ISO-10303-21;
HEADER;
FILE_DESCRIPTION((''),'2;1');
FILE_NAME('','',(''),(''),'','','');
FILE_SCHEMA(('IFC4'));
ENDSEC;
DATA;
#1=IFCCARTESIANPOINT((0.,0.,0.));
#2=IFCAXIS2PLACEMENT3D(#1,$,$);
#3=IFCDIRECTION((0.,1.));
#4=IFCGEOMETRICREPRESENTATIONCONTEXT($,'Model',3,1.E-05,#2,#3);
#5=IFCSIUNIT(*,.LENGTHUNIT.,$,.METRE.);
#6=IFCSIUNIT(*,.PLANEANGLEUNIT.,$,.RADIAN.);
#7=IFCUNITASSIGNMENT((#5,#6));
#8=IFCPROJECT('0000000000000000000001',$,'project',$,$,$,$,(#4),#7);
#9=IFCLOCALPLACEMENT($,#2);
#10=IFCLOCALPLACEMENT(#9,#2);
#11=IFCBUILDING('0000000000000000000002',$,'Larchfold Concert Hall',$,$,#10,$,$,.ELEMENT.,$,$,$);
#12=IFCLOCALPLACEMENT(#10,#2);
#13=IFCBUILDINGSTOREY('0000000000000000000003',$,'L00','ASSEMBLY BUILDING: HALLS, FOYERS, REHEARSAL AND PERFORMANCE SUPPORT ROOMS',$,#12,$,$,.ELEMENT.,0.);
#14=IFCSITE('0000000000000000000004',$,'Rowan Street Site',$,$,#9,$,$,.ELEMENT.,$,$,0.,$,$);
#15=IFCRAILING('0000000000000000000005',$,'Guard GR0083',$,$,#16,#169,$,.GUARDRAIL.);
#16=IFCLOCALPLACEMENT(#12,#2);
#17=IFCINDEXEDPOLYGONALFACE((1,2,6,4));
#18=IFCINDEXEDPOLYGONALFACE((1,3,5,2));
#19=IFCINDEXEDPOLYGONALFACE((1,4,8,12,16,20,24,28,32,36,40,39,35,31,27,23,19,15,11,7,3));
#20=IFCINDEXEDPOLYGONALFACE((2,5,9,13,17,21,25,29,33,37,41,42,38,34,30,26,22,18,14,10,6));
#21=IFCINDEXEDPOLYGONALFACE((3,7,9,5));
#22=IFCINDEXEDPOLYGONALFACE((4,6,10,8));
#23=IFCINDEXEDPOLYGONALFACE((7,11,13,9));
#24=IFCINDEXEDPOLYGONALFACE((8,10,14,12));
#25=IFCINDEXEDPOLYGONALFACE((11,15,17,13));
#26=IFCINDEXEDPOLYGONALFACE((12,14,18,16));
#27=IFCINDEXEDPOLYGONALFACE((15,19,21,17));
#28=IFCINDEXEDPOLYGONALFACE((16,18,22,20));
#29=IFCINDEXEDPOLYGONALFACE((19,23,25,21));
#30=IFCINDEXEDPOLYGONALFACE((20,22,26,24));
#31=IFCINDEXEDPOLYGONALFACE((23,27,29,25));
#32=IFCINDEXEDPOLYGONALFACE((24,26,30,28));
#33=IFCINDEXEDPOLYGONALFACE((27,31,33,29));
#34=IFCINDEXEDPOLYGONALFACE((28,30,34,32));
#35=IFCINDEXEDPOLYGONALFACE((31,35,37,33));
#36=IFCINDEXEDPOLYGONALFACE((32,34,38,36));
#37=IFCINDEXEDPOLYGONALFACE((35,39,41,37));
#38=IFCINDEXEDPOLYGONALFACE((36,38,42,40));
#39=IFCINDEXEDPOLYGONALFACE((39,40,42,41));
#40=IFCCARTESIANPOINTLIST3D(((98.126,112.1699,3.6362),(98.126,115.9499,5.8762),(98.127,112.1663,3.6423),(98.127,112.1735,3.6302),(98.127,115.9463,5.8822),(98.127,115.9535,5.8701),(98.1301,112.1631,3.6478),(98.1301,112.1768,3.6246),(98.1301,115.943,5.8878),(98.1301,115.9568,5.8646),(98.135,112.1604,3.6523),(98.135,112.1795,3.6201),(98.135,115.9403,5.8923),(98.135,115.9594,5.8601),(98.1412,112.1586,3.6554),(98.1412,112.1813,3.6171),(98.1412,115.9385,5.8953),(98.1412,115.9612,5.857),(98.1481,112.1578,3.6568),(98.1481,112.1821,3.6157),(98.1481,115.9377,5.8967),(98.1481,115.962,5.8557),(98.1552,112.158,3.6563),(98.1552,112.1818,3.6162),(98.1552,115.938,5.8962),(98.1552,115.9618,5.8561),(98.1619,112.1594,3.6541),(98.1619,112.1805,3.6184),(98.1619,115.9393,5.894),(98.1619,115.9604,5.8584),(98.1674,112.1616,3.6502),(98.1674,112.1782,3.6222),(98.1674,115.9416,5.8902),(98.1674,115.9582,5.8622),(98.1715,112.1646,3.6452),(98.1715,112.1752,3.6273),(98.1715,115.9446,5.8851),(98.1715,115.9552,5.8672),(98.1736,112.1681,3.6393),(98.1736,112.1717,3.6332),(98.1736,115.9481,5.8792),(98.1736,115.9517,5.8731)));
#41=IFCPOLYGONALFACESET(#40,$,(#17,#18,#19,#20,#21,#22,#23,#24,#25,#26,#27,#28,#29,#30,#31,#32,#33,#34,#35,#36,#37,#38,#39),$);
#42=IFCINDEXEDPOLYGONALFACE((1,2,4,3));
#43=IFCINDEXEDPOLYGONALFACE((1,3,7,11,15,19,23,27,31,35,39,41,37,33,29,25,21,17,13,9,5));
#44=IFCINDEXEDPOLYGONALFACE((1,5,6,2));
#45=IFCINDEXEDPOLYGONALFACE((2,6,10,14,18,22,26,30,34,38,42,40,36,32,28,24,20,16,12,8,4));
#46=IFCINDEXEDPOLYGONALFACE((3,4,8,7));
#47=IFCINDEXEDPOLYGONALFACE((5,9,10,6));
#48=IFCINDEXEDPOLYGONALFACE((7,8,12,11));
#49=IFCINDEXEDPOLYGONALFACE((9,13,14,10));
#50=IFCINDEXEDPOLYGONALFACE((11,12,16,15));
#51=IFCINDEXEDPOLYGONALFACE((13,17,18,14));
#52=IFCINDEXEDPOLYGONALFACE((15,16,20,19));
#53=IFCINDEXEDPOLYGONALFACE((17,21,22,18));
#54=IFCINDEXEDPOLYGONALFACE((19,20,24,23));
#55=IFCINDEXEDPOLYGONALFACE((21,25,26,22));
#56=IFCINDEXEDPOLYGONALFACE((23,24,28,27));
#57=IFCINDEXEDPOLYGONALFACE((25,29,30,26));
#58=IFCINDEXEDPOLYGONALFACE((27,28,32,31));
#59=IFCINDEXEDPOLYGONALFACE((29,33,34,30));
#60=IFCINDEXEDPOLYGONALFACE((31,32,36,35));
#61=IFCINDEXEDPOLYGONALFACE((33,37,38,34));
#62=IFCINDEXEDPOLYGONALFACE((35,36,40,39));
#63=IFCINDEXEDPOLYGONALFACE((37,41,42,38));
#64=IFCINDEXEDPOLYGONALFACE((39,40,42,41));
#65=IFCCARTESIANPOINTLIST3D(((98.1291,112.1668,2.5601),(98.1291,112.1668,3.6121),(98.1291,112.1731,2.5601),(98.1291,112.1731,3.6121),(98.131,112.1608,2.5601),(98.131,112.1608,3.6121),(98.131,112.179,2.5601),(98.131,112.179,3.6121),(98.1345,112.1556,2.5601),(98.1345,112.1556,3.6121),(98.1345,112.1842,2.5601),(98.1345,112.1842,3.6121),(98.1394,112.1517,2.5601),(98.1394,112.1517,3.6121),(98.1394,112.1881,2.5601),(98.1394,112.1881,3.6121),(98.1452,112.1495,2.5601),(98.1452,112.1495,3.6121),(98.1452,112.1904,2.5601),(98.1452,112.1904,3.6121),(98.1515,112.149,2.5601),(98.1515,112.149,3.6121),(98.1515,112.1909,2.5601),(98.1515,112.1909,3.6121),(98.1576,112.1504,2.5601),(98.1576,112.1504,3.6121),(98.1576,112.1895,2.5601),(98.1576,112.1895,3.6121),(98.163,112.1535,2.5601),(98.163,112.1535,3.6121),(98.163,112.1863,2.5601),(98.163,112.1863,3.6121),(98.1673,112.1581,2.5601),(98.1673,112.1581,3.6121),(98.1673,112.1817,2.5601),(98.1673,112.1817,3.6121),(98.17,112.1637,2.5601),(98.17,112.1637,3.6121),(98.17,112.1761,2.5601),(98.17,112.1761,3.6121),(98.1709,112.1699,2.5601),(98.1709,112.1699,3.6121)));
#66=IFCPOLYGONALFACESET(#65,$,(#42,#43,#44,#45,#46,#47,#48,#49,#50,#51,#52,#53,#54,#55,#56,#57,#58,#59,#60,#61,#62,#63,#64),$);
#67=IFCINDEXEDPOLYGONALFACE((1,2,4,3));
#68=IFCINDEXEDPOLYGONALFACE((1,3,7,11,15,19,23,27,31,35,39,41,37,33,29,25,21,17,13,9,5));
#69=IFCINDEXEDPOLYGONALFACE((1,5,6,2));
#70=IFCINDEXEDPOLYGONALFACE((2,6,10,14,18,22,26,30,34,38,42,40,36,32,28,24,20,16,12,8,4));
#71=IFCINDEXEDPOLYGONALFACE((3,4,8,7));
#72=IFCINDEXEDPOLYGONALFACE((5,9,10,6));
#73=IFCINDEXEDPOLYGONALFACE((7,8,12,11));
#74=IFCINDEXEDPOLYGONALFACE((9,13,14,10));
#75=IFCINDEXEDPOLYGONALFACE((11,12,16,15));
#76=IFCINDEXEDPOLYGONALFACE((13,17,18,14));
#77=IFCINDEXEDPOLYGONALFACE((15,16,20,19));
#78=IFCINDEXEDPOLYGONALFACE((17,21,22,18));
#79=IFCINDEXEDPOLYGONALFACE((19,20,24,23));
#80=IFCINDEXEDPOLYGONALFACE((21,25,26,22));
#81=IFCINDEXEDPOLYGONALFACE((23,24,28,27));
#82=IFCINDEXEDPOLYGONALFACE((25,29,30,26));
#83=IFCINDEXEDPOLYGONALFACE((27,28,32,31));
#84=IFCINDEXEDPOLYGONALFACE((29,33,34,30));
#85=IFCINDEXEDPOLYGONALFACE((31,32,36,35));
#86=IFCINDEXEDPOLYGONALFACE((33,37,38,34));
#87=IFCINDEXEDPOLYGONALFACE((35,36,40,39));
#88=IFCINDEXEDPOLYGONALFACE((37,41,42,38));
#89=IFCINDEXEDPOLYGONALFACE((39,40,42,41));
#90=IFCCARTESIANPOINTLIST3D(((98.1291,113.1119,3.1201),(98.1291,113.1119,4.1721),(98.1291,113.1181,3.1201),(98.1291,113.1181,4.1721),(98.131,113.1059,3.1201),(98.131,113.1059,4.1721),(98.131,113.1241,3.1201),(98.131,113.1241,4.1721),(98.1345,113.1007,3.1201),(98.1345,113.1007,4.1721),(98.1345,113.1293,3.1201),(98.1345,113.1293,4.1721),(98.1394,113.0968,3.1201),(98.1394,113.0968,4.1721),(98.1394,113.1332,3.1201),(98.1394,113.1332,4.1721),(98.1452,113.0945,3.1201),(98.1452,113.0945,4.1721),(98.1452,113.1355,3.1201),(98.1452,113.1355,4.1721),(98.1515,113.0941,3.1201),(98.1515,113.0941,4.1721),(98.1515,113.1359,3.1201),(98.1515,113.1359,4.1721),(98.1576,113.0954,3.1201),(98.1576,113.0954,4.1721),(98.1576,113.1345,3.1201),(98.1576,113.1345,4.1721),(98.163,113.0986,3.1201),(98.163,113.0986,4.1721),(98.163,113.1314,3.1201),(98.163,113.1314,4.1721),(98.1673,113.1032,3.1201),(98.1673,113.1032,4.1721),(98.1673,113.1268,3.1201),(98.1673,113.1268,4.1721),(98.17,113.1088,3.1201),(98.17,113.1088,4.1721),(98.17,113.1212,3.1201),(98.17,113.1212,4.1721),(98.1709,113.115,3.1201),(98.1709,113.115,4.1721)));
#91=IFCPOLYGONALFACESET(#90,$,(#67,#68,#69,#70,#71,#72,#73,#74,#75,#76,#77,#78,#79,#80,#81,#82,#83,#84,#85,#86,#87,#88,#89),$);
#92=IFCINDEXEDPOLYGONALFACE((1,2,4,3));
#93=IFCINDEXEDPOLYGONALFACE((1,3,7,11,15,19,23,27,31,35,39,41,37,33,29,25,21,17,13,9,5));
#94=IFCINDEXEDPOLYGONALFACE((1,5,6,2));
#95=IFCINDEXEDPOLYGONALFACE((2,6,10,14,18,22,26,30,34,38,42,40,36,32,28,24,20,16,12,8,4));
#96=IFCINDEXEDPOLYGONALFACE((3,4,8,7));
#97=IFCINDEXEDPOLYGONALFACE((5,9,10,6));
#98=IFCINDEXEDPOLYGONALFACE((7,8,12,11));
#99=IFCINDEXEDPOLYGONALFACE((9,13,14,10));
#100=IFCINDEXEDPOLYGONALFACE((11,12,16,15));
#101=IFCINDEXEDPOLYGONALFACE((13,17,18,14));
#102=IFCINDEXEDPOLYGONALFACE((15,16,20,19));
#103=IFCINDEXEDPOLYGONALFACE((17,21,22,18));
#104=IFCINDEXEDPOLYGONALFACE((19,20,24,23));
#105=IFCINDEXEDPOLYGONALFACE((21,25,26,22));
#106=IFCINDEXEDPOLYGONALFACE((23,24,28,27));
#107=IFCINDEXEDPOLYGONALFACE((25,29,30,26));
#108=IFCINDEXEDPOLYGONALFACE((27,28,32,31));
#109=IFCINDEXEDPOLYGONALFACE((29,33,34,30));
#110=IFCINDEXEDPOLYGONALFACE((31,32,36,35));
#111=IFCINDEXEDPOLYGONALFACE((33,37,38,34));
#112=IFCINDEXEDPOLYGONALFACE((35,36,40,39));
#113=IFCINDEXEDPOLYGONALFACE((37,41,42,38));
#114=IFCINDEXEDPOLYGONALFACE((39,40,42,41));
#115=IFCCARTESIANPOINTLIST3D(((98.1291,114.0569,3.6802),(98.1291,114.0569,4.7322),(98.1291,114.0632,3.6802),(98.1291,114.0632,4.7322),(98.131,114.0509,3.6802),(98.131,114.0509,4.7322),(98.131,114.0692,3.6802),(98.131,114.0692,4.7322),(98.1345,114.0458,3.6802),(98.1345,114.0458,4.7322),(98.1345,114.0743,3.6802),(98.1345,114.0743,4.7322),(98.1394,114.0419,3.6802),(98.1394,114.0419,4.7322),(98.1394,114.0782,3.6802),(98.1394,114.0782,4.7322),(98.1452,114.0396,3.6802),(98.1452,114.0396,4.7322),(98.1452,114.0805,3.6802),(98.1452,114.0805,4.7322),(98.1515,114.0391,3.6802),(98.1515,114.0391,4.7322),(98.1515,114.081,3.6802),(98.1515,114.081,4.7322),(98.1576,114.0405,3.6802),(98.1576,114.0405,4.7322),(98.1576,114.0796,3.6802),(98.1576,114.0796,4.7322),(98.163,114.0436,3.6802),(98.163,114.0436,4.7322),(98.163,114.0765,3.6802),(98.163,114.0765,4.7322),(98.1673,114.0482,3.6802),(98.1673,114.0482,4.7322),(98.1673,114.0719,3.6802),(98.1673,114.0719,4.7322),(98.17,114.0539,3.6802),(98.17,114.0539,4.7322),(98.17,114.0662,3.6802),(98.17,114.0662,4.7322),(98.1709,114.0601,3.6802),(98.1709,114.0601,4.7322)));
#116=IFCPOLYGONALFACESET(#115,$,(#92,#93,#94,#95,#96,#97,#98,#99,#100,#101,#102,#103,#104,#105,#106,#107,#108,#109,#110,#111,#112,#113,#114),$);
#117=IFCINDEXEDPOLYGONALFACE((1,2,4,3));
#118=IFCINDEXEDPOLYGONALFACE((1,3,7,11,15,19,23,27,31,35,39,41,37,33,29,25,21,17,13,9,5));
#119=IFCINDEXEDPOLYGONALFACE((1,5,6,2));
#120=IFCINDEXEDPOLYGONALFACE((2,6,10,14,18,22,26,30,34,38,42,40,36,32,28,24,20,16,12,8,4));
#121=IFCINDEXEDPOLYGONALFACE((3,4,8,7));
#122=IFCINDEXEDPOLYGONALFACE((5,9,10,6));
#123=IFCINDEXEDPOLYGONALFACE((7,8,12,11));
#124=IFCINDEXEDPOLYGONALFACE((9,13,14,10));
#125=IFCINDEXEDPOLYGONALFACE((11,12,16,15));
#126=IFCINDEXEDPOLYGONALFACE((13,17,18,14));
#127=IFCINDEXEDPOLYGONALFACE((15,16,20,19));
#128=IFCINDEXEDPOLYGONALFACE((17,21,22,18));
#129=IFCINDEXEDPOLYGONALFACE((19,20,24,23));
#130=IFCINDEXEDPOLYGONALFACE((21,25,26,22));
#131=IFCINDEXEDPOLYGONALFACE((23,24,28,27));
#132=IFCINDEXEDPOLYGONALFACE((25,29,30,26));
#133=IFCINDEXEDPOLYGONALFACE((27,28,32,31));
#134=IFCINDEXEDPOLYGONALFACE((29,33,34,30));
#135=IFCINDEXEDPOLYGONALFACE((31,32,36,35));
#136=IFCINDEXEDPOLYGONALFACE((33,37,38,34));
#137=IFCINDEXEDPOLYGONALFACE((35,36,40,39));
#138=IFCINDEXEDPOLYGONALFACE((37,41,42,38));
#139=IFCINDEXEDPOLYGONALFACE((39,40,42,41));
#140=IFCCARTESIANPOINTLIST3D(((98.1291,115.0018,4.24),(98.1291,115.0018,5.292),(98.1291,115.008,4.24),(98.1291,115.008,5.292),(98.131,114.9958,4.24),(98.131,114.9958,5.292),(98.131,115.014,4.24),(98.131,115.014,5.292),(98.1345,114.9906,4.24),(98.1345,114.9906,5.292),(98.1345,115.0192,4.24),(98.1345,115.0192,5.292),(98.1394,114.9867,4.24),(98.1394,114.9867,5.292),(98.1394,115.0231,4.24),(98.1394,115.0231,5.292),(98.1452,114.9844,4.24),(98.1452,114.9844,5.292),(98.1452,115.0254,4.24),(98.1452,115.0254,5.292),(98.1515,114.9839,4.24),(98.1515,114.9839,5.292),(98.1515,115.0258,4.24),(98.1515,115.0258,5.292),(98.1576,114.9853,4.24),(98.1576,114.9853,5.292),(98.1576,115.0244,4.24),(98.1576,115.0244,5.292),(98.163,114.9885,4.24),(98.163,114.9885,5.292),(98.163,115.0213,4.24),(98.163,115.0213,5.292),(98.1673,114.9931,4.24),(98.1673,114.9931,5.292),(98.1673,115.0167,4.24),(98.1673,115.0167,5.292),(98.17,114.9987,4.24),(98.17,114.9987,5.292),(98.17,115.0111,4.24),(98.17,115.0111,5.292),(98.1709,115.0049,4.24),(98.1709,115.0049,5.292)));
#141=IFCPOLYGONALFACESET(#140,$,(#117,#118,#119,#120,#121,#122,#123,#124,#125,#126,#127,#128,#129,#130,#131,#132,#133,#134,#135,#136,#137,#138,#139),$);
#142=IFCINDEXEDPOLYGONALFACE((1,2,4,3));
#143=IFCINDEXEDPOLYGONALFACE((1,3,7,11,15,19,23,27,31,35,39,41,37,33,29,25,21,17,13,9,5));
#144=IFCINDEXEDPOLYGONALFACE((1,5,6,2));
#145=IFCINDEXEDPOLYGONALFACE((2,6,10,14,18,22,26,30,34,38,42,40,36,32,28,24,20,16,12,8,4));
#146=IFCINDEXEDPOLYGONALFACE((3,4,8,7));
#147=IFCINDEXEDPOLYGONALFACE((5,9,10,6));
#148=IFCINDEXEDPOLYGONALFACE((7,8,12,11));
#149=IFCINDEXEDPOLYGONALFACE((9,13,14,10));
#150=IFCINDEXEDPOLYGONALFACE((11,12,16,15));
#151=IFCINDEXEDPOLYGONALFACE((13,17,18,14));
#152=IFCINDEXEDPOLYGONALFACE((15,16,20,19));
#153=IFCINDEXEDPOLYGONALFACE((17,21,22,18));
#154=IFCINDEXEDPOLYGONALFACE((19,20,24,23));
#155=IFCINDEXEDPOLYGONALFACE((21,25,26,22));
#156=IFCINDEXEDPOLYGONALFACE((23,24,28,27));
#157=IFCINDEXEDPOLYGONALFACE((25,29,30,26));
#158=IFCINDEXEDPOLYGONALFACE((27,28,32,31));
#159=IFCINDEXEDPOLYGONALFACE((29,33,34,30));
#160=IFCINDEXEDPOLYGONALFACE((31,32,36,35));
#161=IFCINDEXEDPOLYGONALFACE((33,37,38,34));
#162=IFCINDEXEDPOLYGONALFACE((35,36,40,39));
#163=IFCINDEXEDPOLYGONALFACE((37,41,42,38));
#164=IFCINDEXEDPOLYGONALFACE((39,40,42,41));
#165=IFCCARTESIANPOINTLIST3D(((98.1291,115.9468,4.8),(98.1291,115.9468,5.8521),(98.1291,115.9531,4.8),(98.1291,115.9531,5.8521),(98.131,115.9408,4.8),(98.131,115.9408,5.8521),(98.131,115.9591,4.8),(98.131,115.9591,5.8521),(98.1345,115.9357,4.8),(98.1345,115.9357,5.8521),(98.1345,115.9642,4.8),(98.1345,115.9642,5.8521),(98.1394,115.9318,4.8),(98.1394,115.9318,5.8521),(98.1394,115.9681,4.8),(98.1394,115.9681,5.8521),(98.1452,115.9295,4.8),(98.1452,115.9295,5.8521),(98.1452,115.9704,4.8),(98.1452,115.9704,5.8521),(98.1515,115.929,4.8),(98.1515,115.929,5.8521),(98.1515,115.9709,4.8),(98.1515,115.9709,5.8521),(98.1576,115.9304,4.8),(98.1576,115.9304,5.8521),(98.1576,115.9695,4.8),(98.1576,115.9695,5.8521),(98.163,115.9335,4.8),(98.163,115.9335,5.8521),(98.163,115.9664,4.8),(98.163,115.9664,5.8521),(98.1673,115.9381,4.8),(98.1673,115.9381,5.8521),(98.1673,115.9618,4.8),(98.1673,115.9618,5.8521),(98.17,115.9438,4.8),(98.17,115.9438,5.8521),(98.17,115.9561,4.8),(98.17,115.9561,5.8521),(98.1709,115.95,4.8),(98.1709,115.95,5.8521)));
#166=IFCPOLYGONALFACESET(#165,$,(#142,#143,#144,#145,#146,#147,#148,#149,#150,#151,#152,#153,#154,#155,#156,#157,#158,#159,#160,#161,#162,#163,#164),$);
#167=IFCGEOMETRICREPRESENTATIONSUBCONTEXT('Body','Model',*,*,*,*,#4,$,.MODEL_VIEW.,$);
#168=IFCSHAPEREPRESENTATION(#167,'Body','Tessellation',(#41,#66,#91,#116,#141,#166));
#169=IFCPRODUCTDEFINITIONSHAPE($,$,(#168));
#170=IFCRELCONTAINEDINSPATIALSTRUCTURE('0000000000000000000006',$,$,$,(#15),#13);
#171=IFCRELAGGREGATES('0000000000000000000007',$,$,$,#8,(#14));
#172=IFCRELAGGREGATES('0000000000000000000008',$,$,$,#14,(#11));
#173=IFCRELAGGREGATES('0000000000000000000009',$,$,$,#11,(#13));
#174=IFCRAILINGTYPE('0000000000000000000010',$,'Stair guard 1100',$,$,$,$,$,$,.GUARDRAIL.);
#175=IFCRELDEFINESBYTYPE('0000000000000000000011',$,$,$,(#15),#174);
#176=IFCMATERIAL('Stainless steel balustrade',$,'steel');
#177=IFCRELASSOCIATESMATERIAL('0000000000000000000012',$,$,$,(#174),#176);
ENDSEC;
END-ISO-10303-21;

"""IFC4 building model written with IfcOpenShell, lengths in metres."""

from ifc_helpers import new_model, si_unit, direction, frame, origin, origin_2d, place, context, subcontext, project, spatial, circle, extrude, material, type_object, element, save


model = new_model("IFC4")

# Units and contexts
model_context = context("Model", 3, precision=1e-05, world=origin(), true_north=direction((0.0, 1.0)))
body_context = subcontext(model_context, "Body", "Model", "MODEL_VIEW")
ifc_project = project(units=[si_unit("LENGTHUNIT", "METRE"), si_unit("PLANEANGLEUNIT", "RADIAN")], contexts=[model_context])

# Site, building, storey
site_placement = place(None, origin())
site = spatial("IfcSite", under=ifc_project, at=site_placement, Name="Rowan Street Site", CompositionType="ELEMENT", RefElevation=0.0)
building_placement = place(site_placement, origin())
building = spatial("IfcBuilding", under=site, at=building_placement, Name="Larchfold Concert Hall", CompositionType="ELEMENT")
storey_placement = place(building_placement, origin())
storey = spatial("IfcBuildingStorey", under=building, at=storey_placement, Name="L00", Description="ASSEMBLY BUILDING: HALLS, FOYERS, REHEARSAL AND PERFORMANCE SUPPORT ROOMS", CompositionType="ELEMENT", Elevation=0.0)

# Railing
ifc_material_1 = material(Name="Stainless steel balustrade", Category="steel")
railing_type_1 = type_object("IfcRailingType", Name="Stair guard 1100", PredefinedType="GUARDRAIL", material=ifc_material_1)
railing_1_placement = place(storey_placement, frame((98.1499, 112.1699, 2.5601)))
element("IfcRailing", 1, at=railing_1_placement, inside=storey, type_object=railing_type_1, Name="Guard GR0083", PredefinedType="GUARDRAIL", context=body_context, shape_type="SweptSolid", body=[
    extrude(circle(Radius=0.0239, at=origin_2d()), frame((0.0, 0.0, 1.0762), z_axis=(0.0, 0.860294, 0.509798), x_axis=(-1.0, 0.0, 0.0)), (0.0, 0.0, 1.0), 4.3938),
    extrude(circle(Radius=0.021, at=origin_2d()), origin(), (0.0, 0.0, 1.0), 1.052),
    extrude(circle(Radius=0.021, at=origin_2d()), frame((0.0, 0.9451, 0.5601)), (0.0, 0.0, 1.0), 1.052),
    extrude(circle(Radius=0.021, at=origin_2d()), frame((0.0, 1.8901, 1.1201)), (0.0, 0.0, 1.0), 1.052),
    extrude(circle(Radius=0.021, at=origin_2d()), frame((0.0, 2.835, 1.6799)), (0.0, 0.0, 1.0), 1.052),
    extrude(circle(Radius=0.021, at=origin_2d()), frame((0.0, 3.78, 2.24)), (0.0, 0.0, 1.0), 1.052),
])

save(model, "model.ifc")
